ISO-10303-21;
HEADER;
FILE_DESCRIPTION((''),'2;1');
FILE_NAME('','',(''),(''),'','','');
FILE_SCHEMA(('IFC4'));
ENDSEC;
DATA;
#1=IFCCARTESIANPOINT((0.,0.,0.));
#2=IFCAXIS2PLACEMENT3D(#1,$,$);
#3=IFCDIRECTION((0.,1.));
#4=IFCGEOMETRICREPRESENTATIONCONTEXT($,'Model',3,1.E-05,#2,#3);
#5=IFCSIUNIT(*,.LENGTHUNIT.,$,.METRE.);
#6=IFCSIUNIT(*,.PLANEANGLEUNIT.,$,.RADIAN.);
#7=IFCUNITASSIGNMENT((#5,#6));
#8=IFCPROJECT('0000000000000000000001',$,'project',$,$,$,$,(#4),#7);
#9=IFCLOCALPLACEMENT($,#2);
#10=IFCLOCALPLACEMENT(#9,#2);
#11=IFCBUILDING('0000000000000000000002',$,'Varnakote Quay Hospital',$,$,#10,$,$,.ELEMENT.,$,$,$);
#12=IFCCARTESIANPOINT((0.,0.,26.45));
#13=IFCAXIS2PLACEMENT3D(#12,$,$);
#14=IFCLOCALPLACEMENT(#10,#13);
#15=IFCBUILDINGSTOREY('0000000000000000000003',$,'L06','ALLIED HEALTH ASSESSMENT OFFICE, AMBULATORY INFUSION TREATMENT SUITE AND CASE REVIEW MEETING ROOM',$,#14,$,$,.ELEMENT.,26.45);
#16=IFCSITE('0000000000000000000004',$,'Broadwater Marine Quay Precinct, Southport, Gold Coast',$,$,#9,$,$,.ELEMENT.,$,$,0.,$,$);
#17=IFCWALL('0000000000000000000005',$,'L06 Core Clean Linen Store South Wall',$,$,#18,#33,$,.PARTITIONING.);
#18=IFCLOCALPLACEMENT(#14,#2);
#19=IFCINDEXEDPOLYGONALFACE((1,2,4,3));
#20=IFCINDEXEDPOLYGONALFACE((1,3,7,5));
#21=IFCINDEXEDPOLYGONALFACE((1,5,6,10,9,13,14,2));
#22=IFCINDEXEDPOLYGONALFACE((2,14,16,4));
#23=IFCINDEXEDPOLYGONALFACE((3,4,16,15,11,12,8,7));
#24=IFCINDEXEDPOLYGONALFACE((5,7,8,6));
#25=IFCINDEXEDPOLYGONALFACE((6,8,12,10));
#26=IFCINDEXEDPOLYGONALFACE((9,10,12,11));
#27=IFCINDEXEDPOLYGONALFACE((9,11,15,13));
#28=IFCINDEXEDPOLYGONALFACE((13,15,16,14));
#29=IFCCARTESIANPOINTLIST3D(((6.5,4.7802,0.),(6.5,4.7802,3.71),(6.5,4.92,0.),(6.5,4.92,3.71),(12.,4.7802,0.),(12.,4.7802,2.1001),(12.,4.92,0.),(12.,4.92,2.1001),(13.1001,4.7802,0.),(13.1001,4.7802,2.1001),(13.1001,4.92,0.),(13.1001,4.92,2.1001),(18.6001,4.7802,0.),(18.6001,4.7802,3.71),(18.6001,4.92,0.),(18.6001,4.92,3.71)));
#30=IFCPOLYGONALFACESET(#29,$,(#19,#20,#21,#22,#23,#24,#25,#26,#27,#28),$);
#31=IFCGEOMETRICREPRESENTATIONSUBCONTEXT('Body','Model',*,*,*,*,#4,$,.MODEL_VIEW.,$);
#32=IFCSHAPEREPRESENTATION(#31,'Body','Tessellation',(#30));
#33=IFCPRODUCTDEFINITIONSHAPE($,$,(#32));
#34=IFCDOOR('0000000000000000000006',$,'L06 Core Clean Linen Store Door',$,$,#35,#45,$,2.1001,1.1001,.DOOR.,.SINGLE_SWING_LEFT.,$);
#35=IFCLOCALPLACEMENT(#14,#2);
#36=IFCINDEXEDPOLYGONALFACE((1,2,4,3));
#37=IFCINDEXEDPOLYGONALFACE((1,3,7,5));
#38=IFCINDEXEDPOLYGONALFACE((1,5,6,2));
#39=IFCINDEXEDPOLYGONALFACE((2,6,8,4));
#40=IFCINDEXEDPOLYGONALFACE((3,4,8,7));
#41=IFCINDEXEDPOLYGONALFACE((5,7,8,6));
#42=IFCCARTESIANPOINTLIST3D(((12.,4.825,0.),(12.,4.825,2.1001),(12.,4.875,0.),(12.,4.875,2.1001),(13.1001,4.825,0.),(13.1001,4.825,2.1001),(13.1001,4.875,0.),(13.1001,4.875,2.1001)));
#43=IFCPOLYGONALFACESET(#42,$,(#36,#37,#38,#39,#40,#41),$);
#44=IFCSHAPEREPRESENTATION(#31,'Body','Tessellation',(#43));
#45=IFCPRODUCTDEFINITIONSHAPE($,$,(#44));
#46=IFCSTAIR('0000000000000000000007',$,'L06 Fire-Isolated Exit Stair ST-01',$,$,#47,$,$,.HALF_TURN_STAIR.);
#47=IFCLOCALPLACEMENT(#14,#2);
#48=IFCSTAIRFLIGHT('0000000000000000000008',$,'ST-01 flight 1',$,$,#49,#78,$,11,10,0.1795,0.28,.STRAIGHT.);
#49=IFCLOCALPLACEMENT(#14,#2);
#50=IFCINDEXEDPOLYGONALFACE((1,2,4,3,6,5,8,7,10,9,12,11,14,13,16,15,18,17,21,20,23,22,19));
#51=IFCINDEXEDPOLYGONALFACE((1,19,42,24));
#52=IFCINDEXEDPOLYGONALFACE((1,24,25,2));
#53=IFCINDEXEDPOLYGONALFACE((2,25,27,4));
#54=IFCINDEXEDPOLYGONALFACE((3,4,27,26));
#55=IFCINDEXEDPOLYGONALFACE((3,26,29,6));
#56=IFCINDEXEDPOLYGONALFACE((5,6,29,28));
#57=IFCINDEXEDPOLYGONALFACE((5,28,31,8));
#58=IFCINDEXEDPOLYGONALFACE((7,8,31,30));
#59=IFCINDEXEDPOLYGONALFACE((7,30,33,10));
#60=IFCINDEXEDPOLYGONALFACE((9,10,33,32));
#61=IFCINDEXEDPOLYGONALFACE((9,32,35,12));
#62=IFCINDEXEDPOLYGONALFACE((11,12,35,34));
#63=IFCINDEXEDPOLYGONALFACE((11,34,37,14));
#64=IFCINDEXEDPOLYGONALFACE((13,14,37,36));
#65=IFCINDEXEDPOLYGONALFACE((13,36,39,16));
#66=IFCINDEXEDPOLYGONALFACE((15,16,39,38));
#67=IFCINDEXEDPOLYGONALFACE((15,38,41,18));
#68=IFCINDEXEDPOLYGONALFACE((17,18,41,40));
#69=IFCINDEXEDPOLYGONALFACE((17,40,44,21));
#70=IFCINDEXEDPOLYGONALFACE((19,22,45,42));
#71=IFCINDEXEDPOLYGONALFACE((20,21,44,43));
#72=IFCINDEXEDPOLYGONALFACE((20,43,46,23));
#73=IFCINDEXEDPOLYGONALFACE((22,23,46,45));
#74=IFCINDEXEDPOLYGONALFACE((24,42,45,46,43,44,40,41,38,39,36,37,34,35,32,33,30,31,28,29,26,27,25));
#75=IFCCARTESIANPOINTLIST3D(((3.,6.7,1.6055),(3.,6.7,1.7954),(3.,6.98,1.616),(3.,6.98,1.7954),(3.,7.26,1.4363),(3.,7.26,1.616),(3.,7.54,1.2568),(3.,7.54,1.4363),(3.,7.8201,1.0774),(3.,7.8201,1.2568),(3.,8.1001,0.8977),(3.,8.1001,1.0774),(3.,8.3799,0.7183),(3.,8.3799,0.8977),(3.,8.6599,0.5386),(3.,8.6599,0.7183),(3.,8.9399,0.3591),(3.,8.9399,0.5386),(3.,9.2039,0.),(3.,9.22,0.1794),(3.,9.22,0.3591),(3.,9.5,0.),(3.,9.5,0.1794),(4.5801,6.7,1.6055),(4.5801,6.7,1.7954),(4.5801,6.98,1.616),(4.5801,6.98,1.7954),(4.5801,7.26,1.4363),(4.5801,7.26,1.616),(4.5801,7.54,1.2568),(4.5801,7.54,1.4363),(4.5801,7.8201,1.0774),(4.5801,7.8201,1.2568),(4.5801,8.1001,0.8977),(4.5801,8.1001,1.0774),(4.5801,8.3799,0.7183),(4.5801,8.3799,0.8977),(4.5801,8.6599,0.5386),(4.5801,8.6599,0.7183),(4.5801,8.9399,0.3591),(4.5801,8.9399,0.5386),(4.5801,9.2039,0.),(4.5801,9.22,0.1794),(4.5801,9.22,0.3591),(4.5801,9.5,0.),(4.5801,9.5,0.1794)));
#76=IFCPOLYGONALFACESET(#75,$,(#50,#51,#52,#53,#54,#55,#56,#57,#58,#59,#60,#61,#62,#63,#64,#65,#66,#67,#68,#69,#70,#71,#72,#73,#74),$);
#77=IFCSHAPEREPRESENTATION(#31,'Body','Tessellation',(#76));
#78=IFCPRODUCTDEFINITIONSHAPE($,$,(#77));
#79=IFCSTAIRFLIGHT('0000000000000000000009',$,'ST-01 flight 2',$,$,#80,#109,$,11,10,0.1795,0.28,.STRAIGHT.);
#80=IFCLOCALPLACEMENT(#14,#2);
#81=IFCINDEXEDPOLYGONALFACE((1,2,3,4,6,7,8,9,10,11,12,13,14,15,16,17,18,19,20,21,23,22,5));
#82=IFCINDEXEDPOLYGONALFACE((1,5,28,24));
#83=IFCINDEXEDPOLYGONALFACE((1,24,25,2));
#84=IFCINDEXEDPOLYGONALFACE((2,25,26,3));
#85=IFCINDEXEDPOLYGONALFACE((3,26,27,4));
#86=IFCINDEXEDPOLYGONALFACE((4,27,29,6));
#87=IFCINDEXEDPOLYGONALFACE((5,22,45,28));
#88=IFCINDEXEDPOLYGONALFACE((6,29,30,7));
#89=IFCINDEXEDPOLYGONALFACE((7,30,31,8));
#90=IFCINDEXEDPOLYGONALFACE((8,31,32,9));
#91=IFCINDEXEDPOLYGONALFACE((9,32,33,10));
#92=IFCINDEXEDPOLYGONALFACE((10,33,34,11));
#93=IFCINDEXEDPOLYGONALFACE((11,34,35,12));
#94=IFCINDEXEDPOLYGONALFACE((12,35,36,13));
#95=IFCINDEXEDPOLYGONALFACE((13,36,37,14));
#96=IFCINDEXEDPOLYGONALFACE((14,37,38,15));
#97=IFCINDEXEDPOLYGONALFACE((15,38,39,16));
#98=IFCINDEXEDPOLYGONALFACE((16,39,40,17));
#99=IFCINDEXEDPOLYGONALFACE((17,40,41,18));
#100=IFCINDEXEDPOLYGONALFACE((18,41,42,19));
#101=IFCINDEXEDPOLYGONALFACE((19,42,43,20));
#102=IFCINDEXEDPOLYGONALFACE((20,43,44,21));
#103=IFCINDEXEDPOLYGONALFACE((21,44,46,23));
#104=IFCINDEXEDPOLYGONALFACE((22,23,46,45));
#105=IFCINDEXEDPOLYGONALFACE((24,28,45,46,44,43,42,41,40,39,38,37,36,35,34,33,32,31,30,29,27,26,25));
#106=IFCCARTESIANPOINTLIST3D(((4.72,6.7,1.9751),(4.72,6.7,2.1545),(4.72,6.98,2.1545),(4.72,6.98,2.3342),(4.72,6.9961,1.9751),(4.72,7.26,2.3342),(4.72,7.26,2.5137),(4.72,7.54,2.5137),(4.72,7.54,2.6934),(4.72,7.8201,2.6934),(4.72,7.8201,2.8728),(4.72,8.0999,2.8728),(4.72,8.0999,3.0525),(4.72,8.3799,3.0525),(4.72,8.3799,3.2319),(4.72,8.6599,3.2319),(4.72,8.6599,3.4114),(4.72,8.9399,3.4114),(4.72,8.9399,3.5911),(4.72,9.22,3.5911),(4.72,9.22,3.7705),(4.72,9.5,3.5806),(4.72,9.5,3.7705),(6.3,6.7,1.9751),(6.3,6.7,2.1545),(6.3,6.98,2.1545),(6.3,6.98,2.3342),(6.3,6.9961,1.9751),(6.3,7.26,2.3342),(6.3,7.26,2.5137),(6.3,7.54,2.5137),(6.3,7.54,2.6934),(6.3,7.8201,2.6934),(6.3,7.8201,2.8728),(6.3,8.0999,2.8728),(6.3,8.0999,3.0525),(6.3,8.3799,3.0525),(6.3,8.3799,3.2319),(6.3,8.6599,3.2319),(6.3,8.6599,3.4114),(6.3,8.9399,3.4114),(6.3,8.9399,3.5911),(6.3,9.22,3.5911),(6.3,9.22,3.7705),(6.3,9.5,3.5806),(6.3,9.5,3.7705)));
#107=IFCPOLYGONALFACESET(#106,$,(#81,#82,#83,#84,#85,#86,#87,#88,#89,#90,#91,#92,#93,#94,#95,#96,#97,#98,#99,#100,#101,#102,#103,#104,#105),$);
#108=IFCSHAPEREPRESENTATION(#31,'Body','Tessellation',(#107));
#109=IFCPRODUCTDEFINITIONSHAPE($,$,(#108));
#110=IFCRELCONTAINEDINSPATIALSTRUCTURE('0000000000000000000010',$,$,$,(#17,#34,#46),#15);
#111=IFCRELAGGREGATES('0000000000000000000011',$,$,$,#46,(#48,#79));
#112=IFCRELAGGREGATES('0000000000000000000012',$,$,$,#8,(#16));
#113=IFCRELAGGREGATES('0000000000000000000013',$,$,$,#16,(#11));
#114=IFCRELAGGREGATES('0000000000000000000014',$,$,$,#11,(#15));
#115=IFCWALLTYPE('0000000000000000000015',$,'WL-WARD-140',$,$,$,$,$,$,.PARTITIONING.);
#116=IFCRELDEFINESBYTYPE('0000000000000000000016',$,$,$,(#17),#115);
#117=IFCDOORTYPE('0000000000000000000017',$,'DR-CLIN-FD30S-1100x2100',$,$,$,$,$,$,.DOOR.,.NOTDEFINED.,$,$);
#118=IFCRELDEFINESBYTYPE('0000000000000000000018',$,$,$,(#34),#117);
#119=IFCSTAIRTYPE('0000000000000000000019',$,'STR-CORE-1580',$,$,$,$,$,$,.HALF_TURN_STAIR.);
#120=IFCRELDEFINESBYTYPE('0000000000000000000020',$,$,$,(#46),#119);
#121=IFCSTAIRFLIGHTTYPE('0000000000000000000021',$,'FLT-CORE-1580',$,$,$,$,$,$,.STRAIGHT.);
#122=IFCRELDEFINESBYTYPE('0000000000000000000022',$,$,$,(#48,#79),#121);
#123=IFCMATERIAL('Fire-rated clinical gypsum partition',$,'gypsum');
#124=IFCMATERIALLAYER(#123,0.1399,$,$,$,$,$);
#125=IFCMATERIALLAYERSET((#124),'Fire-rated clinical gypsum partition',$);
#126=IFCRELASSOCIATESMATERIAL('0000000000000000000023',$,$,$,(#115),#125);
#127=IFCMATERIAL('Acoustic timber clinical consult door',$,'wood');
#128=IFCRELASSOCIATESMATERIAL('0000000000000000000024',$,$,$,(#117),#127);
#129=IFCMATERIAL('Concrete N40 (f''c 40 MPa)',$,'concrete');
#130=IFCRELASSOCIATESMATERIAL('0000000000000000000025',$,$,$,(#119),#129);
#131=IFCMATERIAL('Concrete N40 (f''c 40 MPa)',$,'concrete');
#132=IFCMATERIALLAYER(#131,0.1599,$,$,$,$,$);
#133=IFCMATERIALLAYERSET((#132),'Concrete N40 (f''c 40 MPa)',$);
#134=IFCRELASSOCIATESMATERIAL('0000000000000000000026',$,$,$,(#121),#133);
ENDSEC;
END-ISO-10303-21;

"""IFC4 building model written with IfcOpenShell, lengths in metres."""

from ifc_helpers import new_model, si_unit, direction, frame, frame_2d, origin, place, context, subcontext, project, spatial, polyline, rectangle, outline, extrude, material, layer, layer_set, type_object, element, fill, aggregate, save


model = new_model("IFC4")

# Units and contexts
model_context = context("Model", 3, precision=1e-05, world=origin(), true_north=direction((0.0, 1.0)))
body_context = subcontext(model_context, "Body", "Model", "MODEL_VIEW")
ifc_project = project(units=[si_unit("LENGTHUNIT", "METRE"), si_unit("PLANEANGLEUNIT", "RADIAN")], contexts=[model_context])

# Site, building, storey
site_placement = place(None, origin())
site = spatial("IfcSite", under=ifc_project, at=site_placement, Name="Broadwater Marine Quay Precinct, Southport, Gold Coast", CompositionType="ELEMENT", RefElevation=0.0)
building_placement = place(site_placement, origin())
building = spatial("IfcBuilding", under=site, at=building_placement, Name="Varnakote Quay Hospital", CompositionType="ELEMENT")
storey_placement = place(building_placement, frame((0.0, 0.0, 26.45)))
storey = spatial("IfcBuildingStorey", under=building, at=storey_placement, Name="L06", Description="ALLIED HEALTH ASSESSMENT OFFICE, AMBULATORY INFUSION TREATMENT SUITE AND CASE REVIEW MEETING ROOM", CompositionType="ELEMENT", Elevation=26.45)

# Wall, opening, door
ifc_material_1 = material(Name="Fire-rated clinical gypsum partition", Category="gypsum")
ifc_layer_1 = layer(ifc_material_1, 0.1399)
ifc_layer_set_1 = layer_set([ifc_layer_1], Name="Fire-rated clinical gypsum partition")
wall_type_1 = type_object("IfcWallType", Name="WL-WARD-140", PredefinedType="PARTITIONING", material=ifc_layer_set_1)
wall_1_placement = place(storey_placement, frame((6.5, 4.8501, 0.0), z_axis=(0.0, 0.0, 1.0), x_axis=(1.0, 0.0, 0.0)))
wall_1 = element("IfcWall", 1, at=wall_1_placement, inside=storey, type_object=wall_type_1, Name="L06 Core Clean Linen Store South Wall", PredefinedType="PARTITIONING", context=body_context, shape_type="SweptSolid", body=[
    extrude(rectangle(XDim=12.1001, YDim=0.1399, at=frame_2d((6.05, 0.0))), origin(), (0.0, 0.0, 1.0), 3.71),
])
opening_1_placement = place(wall_1_placement, frame((5.5, 0.0, 0.0)))
opening_1 = element("IfcOpeningElement", 2, at=opening_1_placement, cuts=wall_1, PredefinedType="OPENING", context=body_context, shape_type="SweptSolid", body=[
    extrude(rectangle(XDim=1.1001, YDim=2.1001, at=frame_2d((0.55, 1.05))), frame((0.0, 0.0798, 0.0), z_axis=(0.0, -1.0, 0.0), x_axis=(1.0, 0.0, 0.0)), (0.0, 0.0, 1.0), 0.1599),
])
ifc_material_2 = material(Name="Acoustic timber clinical consult door", Category="wood")
door_type_1 = type_object("IfcDoorType", Name="DR-CLIN-FD30S-1100x2100", OperationType="NOTDEFINED", PredefinedType="DOOR", material=ifc_material_2)
door_1_placement = place(opening_1_placement, origin())
door_1 = element("IfcDoor", 3, at=door_1_placement, inside=storey, type_object=door_type_1, Name="L06 Core Clean Linen Store Door", OperationType="SINGLE_SWING_LEFT", OverallHeight=2.1001, OverallWidth=1.1001, PredefinedType="DOOR", context=body_context, shape_type="SweptSolid", body=[
    extrude(rectangle(XDim=1.1001, YDim=2.1001, at=frame_2d((0.55, 1.05))), frame((0.0, 0.0249, 0.0), z_axis=(0.0, -1.0, 0.0), x_axis=(1.0, 0.0, 0.0)), (0.0, 0.0, 1.0), 0.05),
])
fill(opening_1, door_1)

# Stair, stair flights
ifc_material_3 = material(Name="Concrete N40 (f'c 40 MPa)", Category="concrete")
stair_type = type_object("IfcStairType", Name="STR-CORE-1580", PredefinedType="HALF_TURN_STAIR", material=ifc_material_3)
stair_placement = place(storey_placement, origin())
stair = element("IfcStair", 4, at=stair_placement, inside=storey, type_object=stair_type, Name="L06 Fire-Isolated Exit Stair ST-01", PredefinedType="HALF_TURN_STAIR")
ifc_material_4 = material(Name="Concrete N40 (f'c 40 MPa)", Category="concrete")
ifc_layer_2 = layer(ifc_material_4, 0.1599)
ifc_layer_set_2 = layer_set([ifc_layer_2], Name="Concrete N40 (f'c 40 MPa)")
stair_flight_type = type_object("IfcStairFlightType", Name="FLT-CORE-1580", PredefinedType="STRAIGHT", material=ifc_layer_set_2)
stair_flight_1_placement = place(storey_placement, frame((3.79, 9.5, 0.0), z_axis=(0.0, 0.0, 1.0), x_axis=(0.0, -1.0, 0.0)))
stair_flight_1 = element("IfcStairFlight", 5, at=stair_flight_1_placement, type_object=stair_flight_type, Name="ST-01 flight 1", NumberOfRisers=11, NumberOfTreads=10, PredefinedType="STRAIGHT", RiserHeight=0.1795, TreadLength=0.28, context=body_context, shape_type="SweptSolid", body=[
    extrude(outline(polyline([(0.0, 0.0), (0.0, 0.1794), (0.28, 0.1794), (0.28, 0.3591), (0.5601, 0.3591), (0.5601, 0.5386), (0.8401, 0.5386), (0.8401, 0.7183), (1.1201, 0.7183), (1.1201, 0.8977), (1.3999, 0.8977), (1.3999, 1.0774), (1.6799, 1.0774), (1.6799, 1.2568), (1.96, 1.2568), (1.96, 1.4363), (2.24, 1.4363), (2.24, 1.616), (2.52, 1.616), (2.52, 1.7954), (2.8, 1.7954), (2.8, 1.9751), (2.8, 1.6055), (0.2961, 0.0), (0.0, 0.0)])), frame((0.0, 0.79, 0.0), z_axis=(0.0, -1.0, 0.0), x_axis=(1.0, 0.0, 0.0)), (0.0, 0.0, 1.0), 1.5801),
])
stair_flight_2_placement = place(storey_placement, frame((5.51, 6.7, 1.9751), z_axis=(0.0, 0.0, 1.0), x_axis=(0.0, 1.0, 0.0)))
stair_flight_2 = element("IfcStairFlight", 6, at=stair_flight_2_placement, type_object=stair_flight_type, Name="ST-01 flight 2", NumberOfRisers=11, NumberOfTreads=10, PredefinedType="STRAIGHT", RiserHeight=0.1795, TreadLength=0.28, context=body_context, shape_type="SweptSolid", body=[
    extrude(outline(polyline([(0.0, 0.0), (0.0, 0.1794), (0.28, 0.1794), (0.28, 0.3591), (0.5601, 0.3591), (0.5601, 0.5386), (0.8401, 0.5386), (0.8401, 0.7183), (1.1201, 0.7183), (1.1201, 0.8977), (1.3999, 0.8977), (1.3999, 1.0774), (1.6799, 1.0774), (1.6799, 1.2568), (1.96, 1.2568), (1.96, 1.4363), (2.24, 1.4363), (2.24, 1.616), (2.52, 1.616), (2.52, 1.7954), (2.8, 1.7954), (2.8, 1.9751), (2.8, 1.6055), (0.2961, 0.0), (0.0, 0.0)])), frame((0.0, 0.79, 0.0), z_axis=(0.0, -1.0, 0.0), x_axis=(1.0, 0.0, 0.0)), (0.0, 0.0, 1.0), 1.5801),
])
aggregate(stair, [stair_flight_1, stair_flight_2])

save(model, "model.ifc")
